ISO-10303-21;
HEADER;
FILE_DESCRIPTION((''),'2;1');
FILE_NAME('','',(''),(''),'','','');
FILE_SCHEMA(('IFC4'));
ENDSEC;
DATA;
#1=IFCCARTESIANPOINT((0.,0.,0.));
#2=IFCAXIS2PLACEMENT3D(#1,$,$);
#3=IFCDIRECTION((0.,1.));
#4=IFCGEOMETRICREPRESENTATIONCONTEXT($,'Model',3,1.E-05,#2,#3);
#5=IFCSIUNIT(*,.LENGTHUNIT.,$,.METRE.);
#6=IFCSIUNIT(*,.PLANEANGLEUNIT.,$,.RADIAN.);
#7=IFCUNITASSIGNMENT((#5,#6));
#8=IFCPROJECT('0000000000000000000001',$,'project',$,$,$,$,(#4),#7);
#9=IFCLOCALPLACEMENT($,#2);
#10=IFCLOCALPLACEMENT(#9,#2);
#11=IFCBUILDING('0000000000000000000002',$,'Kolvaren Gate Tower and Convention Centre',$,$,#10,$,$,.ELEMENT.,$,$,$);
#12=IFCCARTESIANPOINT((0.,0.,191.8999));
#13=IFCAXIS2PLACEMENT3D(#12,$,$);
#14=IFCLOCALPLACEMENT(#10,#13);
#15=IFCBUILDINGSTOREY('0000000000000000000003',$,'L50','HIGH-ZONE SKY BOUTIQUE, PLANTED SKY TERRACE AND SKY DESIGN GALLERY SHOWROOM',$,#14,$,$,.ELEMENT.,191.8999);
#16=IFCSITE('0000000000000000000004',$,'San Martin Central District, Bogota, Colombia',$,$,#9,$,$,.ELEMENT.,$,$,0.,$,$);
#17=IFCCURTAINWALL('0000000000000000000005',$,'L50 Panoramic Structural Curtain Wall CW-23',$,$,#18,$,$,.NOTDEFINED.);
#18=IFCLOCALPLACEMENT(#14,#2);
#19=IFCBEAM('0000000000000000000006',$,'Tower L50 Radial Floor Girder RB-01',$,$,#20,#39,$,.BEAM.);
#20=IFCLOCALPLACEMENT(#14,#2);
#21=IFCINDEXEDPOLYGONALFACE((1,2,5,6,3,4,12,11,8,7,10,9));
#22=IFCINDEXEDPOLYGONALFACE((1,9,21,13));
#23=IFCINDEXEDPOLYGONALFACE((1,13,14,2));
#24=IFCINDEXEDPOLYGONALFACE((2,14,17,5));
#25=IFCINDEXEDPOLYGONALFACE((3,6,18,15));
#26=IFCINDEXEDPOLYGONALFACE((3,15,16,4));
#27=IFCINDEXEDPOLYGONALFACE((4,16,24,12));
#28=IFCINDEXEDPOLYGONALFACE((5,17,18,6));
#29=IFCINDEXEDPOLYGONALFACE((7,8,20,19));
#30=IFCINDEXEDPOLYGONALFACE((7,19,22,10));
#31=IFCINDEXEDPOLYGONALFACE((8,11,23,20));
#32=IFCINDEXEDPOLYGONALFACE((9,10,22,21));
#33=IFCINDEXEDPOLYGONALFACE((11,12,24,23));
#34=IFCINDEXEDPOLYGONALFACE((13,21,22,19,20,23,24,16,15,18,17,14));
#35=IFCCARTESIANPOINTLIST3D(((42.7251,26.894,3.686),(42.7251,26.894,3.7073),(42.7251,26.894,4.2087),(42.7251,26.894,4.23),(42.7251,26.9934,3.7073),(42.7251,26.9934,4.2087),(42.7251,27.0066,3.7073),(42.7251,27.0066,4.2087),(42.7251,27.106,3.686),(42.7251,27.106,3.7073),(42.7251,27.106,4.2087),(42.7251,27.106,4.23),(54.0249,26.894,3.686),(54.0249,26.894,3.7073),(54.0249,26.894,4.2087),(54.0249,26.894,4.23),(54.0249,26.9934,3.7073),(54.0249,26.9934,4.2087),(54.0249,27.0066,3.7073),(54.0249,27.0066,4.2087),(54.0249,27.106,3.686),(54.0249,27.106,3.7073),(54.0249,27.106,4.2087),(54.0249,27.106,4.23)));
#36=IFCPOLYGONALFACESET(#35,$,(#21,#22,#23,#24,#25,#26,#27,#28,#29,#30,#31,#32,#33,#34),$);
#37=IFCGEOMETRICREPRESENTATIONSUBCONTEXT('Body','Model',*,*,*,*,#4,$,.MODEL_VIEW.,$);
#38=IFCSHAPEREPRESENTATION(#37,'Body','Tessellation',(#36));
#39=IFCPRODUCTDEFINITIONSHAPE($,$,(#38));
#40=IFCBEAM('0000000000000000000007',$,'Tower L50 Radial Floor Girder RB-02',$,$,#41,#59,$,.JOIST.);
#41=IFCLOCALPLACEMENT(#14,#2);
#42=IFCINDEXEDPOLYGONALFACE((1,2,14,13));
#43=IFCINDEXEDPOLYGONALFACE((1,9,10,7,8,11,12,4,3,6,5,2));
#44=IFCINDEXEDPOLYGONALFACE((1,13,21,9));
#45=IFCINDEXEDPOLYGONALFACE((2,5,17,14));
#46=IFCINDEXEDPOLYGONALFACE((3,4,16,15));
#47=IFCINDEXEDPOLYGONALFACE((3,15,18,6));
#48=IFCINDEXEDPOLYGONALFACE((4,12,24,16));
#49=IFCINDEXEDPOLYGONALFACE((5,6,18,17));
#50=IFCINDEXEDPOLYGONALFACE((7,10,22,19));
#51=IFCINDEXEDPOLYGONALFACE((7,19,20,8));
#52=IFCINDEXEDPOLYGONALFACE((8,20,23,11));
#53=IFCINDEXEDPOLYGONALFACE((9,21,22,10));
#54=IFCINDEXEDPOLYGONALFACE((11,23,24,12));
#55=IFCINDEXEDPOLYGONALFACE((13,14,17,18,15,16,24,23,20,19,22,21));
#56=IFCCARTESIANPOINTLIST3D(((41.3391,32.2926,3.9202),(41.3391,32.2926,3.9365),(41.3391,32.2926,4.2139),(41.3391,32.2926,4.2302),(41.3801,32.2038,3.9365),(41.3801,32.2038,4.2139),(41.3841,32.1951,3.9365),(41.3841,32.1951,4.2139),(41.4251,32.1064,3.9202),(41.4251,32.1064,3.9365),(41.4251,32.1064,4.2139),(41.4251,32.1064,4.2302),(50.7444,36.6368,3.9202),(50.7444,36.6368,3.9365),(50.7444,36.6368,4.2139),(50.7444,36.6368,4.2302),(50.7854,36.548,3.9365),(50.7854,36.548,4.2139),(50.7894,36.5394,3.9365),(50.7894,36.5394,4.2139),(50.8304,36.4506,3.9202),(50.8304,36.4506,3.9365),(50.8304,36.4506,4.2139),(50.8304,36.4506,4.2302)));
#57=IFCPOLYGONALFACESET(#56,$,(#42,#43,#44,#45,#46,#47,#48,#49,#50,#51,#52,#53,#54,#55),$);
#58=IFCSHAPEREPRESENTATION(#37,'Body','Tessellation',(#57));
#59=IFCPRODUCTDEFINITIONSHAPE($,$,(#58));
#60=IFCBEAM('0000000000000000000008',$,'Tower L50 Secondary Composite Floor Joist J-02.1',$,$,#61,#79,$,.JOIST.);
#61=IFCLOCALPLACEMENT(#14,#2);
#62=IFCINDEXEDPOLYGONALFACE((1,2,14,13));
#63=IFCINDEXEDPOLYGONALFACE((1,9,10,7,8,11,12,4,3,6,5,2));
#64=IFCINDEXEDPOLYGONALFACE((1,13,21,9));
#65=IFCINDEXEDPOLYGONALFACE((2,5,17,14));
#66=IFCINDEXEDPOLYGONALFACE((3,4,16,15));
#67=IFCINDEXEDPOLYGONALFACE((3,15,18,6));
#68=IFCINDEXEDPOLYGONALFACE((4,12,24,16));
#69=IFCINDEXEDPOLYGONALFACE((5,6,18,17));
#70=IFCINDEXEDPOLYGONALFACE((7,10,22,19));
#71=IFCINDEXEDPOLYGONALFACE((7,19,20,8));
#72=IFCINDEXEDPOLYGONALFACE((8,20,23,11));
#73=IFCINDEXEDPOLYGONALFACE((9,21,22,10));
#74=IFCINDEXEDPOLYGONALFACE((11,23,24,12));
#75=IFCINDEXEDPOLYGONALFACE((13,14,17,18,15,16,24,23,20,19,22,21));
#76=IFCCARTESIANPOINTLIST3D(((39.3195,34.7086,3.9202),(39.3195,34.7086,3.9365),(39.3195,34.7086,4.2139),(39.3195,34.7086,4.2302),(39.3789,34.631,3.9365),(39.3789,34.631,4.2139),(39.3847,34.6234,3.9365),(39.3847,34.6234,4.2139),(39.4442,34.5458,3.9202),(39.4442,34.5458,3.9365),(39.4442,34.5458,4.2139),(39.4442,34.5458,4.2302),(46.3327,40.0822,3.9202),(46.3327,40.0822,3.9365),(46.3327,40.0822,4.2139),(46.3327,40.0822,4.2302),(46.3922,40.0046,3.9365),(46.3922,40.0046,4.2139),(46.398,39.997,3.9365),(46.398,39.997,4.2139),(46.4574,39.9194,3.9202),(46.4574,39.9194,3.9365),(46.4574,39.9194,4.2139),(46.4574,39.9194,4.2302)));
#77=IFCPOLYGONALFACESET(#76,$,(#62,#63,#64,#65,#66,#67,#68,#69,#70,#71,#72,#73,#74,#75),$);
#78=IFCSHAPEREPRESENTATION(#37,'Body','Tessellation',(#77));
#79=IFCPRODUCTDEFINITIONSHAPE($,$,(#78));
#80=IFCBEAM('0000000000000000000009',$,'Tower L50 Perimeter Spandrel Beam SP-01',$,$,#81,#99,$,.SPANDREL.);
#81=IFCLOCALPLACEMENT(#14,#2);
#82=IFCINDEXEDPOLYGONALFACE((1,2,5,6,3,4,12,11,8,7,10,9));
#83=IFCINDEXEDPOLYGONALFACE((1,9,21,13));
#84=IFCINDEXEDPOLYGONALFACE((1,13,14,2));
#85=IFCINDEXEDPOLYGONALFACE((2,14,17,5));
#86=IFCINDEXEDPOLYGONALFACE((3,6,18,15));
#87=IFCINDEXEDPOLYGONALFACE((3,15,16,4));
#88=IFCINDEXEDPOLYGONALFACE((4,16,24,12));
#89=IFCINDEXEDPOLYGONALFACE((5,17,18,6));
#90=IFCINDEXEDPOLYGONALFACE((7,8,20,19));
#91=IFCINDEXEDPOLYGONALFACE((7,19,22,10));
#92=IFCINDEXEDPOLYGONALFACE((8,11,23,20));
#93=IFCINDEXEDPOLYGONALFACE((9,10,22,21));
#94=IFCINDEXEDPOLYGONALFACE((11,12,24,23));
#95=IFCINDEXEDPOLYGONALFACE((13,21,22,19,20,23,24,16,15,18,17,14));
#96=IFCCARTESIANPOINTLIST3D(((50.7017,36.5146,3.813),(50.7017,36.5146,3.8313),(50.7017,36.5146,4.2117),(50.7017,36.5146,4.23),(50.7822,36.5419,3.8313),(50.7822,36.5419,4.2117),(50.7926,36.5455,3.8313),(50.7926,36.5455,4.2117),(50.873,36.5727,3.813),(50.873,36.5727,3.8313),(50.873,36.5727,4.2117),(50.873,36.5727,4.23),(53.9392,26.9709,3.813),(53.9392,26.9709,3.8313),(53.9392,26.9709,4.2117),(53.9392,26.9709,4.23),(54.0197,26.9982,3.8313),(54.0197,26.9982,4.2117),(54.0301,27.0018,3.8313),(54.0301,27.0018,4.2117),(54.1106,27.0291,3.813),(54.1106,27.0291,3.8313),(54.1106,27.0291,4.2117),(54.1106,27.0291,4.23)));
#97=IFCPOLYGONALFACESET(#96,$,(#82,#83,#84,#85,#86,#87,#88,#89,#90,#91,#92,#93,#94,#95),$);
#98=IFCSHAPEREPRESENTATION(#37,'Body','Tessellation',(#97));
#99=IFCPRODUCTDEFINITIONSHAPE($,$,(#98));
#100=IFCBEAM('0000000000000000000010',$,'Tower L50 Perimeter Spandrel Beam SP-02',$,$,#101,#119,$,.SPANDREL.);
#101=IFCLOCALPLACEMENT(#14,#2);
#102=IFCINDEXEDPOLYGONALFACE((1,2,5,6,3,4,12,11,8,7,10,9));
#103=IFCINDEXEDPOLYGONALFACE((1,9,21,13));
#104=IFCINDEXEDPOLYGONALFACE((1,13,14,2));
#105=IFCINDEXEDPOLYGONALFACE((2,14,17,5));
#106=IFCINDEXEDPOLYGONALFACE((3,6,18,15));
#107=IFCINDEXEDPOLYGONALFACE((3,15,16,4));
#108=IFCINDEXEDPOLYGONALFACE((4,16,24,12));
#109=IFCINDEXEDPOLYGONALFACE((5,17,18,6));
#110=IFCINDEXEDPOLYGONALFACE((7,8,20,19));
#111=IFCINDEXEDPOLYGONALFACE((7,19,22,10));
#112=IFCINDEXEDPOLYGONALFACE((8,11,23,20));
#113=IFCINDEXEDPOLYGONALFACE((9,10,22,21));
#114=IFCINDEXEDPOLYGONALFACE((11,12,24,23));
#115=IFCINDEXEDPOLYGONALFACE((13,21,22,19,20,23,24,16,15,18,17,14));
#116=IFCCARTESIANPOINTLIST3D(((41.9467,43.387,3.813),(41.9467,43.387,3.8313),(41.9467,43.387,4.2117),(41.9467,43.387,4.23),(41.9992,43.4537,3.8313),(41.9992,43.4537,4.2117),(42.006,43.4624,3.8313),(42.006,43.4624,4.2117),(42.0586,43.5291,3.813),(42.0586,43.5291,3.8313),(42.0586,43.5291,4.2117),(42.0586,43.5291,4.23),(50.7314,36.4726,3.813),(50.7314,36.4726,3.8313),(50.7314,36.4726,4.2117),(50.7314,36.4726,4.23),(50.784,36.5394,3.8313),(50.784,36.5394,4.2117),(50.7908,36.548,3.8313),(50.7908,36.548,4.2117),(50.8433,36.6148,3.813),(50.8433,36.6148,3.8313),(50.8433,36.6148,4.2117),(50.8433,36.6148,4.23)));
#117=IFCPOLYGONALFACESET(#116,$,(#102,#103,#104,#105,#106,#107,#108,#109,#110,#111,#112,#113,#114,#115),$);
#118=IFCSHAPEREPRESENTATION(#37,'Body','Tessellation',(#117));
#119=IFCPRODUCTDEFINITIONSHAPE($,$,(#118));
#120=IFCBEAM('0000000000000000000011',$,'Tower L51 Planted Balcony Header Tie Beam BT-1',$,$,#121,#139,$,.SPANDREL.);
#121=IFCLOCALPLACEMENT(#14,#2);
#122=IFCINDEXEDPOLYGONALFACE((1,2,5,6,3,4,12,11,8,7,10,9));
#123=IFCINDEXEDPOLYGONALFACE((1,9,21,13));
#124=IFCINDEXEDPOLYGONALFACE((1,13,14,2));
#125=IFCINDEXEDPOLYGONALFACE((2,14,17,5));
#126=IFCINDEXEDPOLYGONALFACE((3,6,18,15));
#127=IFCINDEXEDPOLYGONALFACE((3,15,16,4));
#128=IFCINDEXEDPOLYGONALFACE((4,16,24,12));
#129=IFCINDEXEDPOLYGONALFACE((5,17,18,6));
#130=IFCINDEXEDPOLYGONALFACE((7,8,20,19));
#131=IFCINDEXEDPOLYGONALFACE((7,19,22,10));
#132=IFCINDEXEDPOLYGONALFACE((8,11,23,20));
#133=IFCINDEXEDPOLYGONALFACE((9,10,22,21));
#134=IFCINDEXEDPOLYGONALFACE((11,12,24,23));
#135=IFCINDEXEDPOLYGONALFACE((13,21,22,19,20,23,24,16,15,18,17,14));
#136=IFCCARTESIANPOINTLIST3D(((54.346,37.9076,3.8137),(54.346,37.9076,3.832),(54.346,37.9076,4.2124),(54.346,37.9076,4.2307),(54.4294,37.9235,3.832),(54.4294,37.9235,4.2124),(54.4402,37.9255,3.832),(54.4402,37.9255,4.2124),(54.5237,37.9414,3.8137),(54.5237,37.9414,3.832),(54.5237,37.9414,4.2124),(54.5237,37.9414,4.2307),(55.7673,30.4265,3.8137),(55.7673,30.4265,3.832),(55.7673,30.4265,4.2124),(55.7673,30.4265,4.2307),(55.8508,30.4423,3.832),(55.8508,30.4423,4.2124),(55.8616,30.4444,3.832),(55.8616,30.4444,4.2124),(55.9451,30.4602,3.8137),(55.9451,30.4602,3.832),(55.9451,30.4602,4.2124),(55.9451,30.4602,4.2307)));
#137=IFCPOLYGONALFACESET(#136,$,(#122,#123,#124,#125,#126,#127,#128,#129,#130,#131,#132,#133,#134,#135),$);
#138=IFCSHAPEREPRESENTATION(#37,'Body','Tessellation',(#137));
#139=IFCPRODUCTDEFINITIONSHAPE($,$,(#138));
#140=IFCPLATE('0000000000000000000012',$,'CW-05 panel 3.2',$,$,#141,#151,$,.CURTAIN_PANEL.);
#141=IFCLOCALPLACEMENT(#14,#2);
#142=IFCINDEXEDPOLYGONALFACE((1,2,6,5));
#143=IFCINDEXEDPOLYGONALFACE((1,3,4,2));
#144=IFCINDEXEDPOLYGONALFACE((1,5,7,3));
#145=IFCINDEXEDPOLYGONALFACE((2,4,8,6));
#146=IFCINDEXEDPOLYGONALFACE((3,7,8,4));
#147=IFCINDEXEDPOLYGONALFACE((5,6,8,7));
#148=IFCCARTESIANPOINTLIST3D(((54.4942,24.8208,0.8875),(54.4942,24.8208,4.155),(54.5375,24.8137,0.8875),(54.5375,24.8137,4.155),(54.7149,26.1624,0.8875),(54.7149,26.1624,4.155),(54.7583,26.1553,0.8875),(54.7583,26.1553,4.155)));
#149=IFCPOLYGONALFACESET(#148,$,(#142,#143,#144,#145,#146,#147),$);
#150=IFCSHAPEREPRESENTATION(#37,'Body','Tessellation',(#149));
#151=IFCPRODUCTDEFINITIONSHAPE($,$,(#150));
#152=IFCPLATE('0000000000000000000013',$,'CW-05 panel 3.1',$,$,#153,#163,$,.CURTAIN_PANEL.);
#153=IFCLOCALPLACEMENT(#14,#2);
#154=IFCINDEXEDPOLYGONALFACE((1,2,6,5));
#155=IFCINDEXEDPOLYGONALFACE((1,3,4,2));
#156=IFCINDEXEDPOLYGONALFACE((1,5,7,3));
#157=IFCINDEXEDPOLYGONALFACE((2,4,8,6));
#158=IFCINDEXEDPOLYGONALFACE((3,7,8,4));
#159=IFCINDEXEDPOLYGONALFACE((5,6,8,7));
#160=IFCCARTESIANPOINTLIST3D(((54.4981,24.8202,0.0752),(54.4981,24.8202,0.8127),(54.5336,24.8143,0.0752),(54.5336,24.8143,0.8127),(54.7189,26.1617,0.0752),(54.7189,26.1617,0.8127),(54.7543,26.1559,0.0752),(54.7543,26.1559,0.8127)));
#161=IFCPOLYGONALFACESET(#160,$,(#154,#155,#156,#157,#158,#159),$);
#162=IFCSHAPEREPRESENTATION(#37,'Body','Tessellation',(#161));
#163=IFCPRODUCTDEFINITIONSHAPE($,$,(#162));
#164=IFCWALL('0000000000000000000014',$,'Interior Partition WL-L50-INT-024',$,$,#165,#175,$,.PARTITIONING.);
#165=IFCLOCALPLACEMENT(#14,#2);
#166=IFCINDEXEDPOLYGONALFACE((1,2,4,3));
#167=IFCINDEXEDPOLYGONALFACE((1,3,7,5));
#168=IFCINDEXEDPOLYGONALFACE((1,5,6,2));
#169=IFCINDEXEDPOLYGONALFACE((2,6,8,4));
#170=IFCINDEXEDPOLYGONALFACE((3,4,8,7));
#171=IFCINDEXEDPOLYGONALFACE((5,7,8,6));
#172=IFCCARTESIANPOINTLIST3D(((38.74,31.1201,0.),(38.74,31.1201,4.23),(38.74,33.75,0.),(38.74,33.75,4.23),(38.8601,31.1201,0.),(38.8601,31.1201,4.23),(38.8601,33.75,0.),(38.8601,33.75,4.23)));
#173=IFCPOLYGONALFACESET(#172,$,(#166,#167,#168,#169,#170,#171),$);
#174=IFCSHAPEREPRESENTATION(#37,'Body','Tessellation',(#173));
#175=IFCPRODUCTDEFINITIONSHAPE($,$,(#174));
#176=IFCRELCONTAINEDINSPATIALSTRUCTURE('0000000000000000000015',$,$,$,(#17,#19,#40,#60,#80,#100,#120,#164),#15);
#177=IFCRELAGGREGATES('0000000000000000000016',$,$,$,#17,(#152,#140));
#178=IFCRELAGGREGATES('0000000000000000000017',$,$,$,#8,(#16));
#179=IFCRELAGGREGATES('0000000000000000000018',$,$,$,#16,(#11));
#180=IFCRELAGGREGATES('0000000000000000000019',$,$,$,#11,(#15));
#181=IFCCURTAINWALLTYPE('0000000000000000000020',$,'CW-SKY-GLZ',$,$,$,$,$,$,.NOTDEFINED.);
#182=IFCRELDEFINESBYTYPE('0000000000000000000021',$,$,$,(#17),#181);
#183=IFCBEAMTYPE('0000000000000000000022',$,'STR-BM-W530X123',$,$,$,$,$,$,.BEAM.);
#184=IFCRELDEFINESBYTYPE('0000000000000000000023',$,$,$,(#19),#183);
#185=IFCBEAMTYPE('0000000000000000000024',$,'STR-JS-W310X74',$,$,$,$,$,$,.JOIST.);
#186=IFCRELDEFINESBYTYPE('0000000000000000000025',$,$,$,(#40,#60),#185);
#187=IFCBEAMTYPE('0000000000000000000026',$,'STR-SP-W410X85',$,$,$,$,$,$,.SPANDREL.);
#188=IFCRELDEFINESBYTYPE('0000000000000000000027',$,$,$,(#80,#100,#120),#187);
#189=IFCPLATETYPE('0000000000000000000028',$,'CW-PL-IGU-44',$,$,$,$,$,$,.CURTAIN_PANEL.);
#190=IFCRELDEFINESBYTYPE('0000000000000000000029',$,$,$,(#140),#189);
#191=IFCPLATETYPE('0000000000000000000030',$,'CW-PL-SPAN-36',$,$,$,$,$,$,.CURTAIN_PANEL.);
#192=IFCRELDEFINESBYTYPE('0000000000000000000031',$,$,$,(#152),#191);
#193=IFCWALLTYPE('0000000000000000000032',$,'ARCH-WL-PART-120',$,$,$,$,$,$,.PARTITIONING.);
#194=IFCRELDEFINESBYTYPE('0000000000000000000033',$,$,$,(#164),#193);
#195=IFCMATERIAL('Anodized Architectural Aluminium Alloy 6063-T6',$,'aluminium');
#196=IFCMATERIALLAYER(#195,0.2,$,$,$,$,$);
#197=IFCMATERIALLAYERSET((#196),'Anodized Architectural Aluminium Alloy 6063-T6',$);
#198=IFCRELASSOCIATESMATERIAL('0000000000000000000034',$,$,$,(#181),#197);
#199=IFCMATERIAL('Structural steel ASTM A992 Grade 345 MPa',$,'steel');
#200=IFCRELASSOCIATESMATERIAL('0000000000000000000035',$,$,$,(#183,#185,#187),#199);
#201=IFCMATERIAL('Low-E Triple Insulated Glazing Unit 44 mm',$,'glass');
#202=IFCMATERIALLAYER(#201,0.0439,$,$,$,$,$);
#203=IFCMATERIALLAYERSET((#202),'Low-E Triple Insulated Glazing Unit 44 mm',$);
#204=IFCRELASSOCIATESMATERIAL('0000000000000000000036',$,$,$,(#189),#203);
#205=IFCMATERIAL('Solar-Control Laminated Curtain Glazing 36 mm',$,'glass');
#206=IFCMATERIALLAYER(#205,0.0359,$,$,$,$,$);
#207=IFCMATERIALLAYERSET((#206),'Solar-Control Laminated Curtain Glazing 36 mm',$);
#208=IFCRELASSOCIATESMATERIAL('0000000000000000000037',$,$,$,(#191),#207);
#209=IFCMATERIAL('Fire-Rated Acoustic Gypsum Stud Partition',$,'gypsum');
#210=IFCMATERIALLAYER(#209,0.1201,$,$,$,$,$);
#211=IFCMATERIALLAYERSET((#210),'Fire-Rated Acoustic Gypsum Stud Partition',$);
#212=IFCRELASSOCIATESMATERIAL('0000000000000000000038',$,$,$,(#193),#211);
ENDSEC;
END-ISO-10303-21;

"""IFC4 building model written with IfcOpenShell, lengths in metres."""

from ifc_helpers import new_model, si_unit, direction, frame, frame_2d, origin, origin_2d, place, context, subcontext, project, spatial, rectangle, i_section, extrude, material, layer, layer_set, material_profile, profile_set, type_object, element, aggregate, save


model = new_model("IFC4")

# Units and contexts
model_context = context("Model", 3, precision=1e-05, world=origin(), true_north=direction((0.0, 1.0)))
body_context = subcontext(model_context, "Body", "Model", "MODEL_VIEW")
ifc_project = project(units=[si_unit("LENGTHUNIT", "METRE"), si_unit("PLANEANGLEUNIT", "RADIAN")], contexts=[model_context])

# Site, building, storey
site_placement = place(None, origin())
site = spatial("IfcSite", under=ifc_project, at=site_placement, Name="San Martin Central District, Bogota, Colombia", CompositionType="ELEMENT", RefElevation=0.0)
building_placement = place(site_placement, origin())
building = spatial("IfcBuilding", under=site, at=building_placement, Name="Kolvaren Gate Tower and Convention Centre", CompositionType="ELEMENT")
storey_placement = place(building_placement, frame((0.0, 0.0, 191.8999)))
storey = spatial("IfcBuildingStorey", under=building, at=storey_placement, Name="L50", Description="HIGH-ZONE SKY BOUTIQUE, PLANTED SKY TERRACE AND SKY DESIGN GALLERY SHOWROOM", CompositionType="ELEMENT", Elevation=191.8999)

# Curtain wall
ifc_material_1 = material(Name="Anodized Architectural Aluminium Alloy 6063-T6", Category="aluminium")
ifc_layer_1 = layer(ifc_material_1, 0.2)
ifc_layer_set_1 = layer_set([ifc_layer_1], Name="Anodized Architectural Aluminium Alloy 6063-T6")
curtain_wall_type = type_object("IfcCurtainWallType", Name="CW-SKY-GLZ", PredefinedType="NOTDEFINED", material=ifc_layer_set_1)
curtain_wall_1_placement = place(storey_placement, origin())
curtain_wall_1 = element("IfcCurtainWall", 1, at=curtain_wall_1_placement, inside=storey, type_object=curtain_wall_type, Name="L50 Panoramic Structural Curtain Wall CW-23", PredefinedType="NOTDEFINED")

# Beams
ifc_material_2 = material(Name="Structural steel ASTM A992 Grade 345 MPa", Category="steel")
ifc_material_profile_1 = material_profile(ifc_material_2, i_section(OverallWidth=0.2119, OverallDepth=0.5439, WebThickness=0.0132, FlangeThickness=0.0212, at=origin_2d()), Name="W530X123")
ifc_profile_set_1 = profile_set([ifc_material_profile_1], Name="Structural steel ASTM A992 Grade 345 MPa")
beam_type_1 = type_object("IfcBeamType", Name="STR-BM-W530X123", PredefinedType="BEAM", material=ifc_profile_set_1)
beam_1_placement = place(storey_placement, frame((42.7251, 27.0, 3.958), z_axis=(1.0, 0.0, 0.0), x_axis=(0.0, 1.0, 0.0)))
element("IfcBeam", 2, at=beam_1_placement, inside=storey, type_object=beam_type_1, Name="Tower L50 Radial Floor Girder RB-01", PredefinedType="BEAM", context=body_context, shape_type="SweptSolid", body=[
    extrude(i_section(OverallWidth=0.2119, OverallDepth=0.5439, WebThickness=0.0132, FlangeThickness=0.0212, at=origin_2d()), origin(), (0.0, 0.0, 1.0), 11.2998),
])
ifc_material_profile_2 = material_profile(ifc_material_2, i_section(OverallWidth=0.2051, OverallDepth=0.3101, WebThickness=0.0095, FlangeThickness=0.0164, at=origin_2d()), Name="W310X74")
ifc_profile_set_2 = profile_set([ifc_material_profile_2], Name="Structural steel ASTM A992 Grade 345 MPa")
beam_type_2 = type_object("IfcBeamType", Name="STR-JS-W310X74", PredefinedType="JOIST", material=ifc_profile_set_2)
beam_2_placement = place(storey_placement, frame((41.3821, 32.1995, 4.0752), z_axis=(0.907837, 0.419324, 0.0), x_axis=(-0.419324, 0.907837, 0.0)))
element("IfcBeam", 3, at=beam_2_placement, inside=storey, type_object=beam_type_2, Name="Tower L50 Radial Floor Girder RB-02", PredefinedType="JOIST", context=body_context, shape_type="SweptSolid", body=[
    extrude(i_section(OverallWidth=0.2051, OverallDepth=0.3101, WebThickness=0.0095, FlangeThickness=0.0164, at=origin_2d()), origin(), (0.0, 0.0, 1.0), 10.3601),
])
beam_3_placement = place(storey_placement, frame((39.3818, 34.6272, 4.0752), z_axis=(0.793783, 0.608201, 0.0), x_axis=(-0.608201, 0.793783, 0.0)))
element("IfcBeam", 4, at=beam_3_placement, inside=storey, type_object=beam_type_2, Name="Tower L50 Secondary Composite Floor Joist J-02.1", PredefinedType="JOIST", context=body_context, shape_type="SweptSolid", body=[
    extrude(i_section(OverallWidth=0.2051, OverallDepth=0.3101, WebThickness=0.0095, FlangeThickness=0.0164, at=origin_2d()), origin(), (0.0, 0.0, 1.0), 8.8352),
])
ifc_material_profile_3 = material_profile(ifc_material_2, i_section(OverallWidth=0.1809, OverallDepth=0.417, WebThickness=0.011, FlangeThickness=0.0183, at=origin_2d()), Name="W410X85")
ifc_profile_set_3 = profile_set([ifc_material_profile_3], Name="Structural steel ASTM A992 Grade 345 MPa")
beam_type_3 = type_object("IfcBeamType", Name="STR-SP-W410X85", PredefinedType="SPANDREL", material=ifc_profile_set_3)
beam_4_placement = place(storey_placement, frame((54.0249, 27.0, 4.0215), z_axis=(-0.321253, 0.946994, 0.0), x_axis=(-0.946994, -0.321253, 0.0)))
element("IfcBeam", 5, at=beam_4_placement, inside=storey, type_object=beam_type_3, Name="Tower L50 Perimeter Spandrel Beam SP-01", PredefinedType="SPANDREL", context=body_context, shape_type="SweptSolid", body=[
    extrude(i_section(OverallWidth=0.1809, OverallDepth=0.417, WebThickness=0.011, FlangeThickness=0.0183, at=origin_2d()), origin(), (0.0, 0.0, 1.0), 10.0779),
])
beam_5_placement = place(storey_placement, frame((50.7874, 36.5437, 4.0215), z_axis=(-0.785794, 0.618489, 0.0), x_axis=(-0.618489, -0.785794, 0.0)))
element("IfcBeam", 6, at=beam_5_placement, inside=storey, type_object=beam_type_3, Name="Tower L50 Perimeter Spandrel Beam SP-02", PredefinedType="SPANDREL", context=body_context, shape_type="SweptSolid", body=[
    extrude(i_section(OverallWidth=0.1809, OverallDepth=0.417, WebThickness=0.011, FlangeThickness=0.0183, at=origin_2d()), origin(), (0.0, 0.0, 1.0), 11.1794),
])
beam_6_placement = place(storey_placement, frame((55.8562, 30.4434, 4.0222), z_axis=(-0.186655, 0.982425, 0.0), x_axis=(-0.982425, -0.186655, 0.0)))
element("IfcBeam", 7, at=beam_6_placement, inside=storey, type_object=beam_type_3, Name="Tower L51 Planted Balcony Header Tie Beam BT-1", PredefinedType="SPANDREL", context=body_context, shape_type="SweptSolid", body=[
    extrude(i_section(OverallWidth=0.1809, OverallDepth=0.417, WebThickness=0.011, FlangeThickness=0.0183, at=origin_2d()), origin(), (0.0, 0.0, 1.0), 7.615),
])

# Plates
ifc_material_3 = material(Name="Low-E Triple Insulated Glazing Unit 44 mm", Category="glass")
ifc_layer_2 = layer(ifc_material_3, 0.0439)
ifc_layer_set_2 = layer_set([ifc_layer_2], Name="Low-E Triple Insulated Glazing Unit 44 mm")
plate_type_1 = type_object("IfcPlateType", Name="CW-PL-IGU-44", PredefinedType="CURTAIN_PANEL", material=ifc_layer_set_2)
plate_1_placement = place(storey_placement, frame((54.6262, 25.488, 0.8875), z_axis=(0.0, 0.0, 1.0), x_axis=(0.162364, 0.986731, 0.0)))
plate_1 = element("IfcPlate", 8, at=plate_1_placement, type_object=plate_type_1, Name="CW-05 panel 3.2", PredefinedType="CURTAIN_PANEL", context=body_context, shape_type="SweptSolid", body=[
    extrude(rectangle(XDim=1.3596, YDim=0.0439, at=origin_2d()), origin(), (0.0, 0.0, 1.0), 3.2676),
])
ifc_material_4 = material(Name="Solar-Control Laminated Curtain Glazing 36 mm", Category="glass")
ifc_layer_3 = layer(ifc_material_4, 0.0359)
ifc_layer_set_3 = layer_set([ifc_layer_3], Name="Solar-Control Laminated Curtain Glazing 36 mm")
plate_type_2 = type_object("IfcPlateType", Name="CW-PL-SPAN-36", PredefinedType="CURTAIN_PANEL", material=ifc_layer_set_3)
plate_2_placement = place(storey_placement, frame((54.6262, 25.488, 0.0752), z_axis=(0.0, 0.0, 1.0), x_axis=(0.162364, 0.986731, 0.0)))
plate_2 = element("IfcPlate", 9, at=plate_2_placement, type_object=plate_type_2, Name="CW-05 panel 3.1", PredefinedType="CURTAIN_PANEL", context=body_context, shape_type="SweptSolid", body=[
    extrude(rectangle(XDim=1.3596, YDim=0.0359, at=origin_2d()), origin(), (0.0, 0.0, 1.0), 0.7375),
])
aggregate(curtain_wall_1, [plate_2, plate_1])

# Wall
ifc_material_5 = material(Name="Fire-Rated Acoustic Gypsum Stud Partition", Category="gypsum")
ifc_layer_4 = layer(ifc_material_5, 0.1201)
ifc_layer_set_4 = layer_set([ifc_layer_4], Name="Fire-Rated Acoustic Gypsum Stud Partition")
wall_type_1 = type_object("IfcWallType", Name="ARCH-WL-PART-120", PredefinedType="PARTITIONING", material=ifc_layer_set_4)
wall_1_placement = place(storey_placement, frame((38.8, 31.1201, 0.0), z_axis=(0.0, 0.0, 1.0), x_axis=(0.0, 1.0, 0.0)))
element("IfcWall", 10, at=wall_1_placement, inside=storey, type_object=wall_type_1, Name="Interior Partition WL-L50-INT-024", PredefinedType="PARTITIONING", context=body_context, shape_type="SweptSolid", body=[
    extrude(rectangle(XDim=2.6299, YDim=0.1201, at=frame_2d((1.3149, 0.0))), origin(), (0.0, 0.0, 1.0), 4.23),
])

save(model, "model.ifc")
